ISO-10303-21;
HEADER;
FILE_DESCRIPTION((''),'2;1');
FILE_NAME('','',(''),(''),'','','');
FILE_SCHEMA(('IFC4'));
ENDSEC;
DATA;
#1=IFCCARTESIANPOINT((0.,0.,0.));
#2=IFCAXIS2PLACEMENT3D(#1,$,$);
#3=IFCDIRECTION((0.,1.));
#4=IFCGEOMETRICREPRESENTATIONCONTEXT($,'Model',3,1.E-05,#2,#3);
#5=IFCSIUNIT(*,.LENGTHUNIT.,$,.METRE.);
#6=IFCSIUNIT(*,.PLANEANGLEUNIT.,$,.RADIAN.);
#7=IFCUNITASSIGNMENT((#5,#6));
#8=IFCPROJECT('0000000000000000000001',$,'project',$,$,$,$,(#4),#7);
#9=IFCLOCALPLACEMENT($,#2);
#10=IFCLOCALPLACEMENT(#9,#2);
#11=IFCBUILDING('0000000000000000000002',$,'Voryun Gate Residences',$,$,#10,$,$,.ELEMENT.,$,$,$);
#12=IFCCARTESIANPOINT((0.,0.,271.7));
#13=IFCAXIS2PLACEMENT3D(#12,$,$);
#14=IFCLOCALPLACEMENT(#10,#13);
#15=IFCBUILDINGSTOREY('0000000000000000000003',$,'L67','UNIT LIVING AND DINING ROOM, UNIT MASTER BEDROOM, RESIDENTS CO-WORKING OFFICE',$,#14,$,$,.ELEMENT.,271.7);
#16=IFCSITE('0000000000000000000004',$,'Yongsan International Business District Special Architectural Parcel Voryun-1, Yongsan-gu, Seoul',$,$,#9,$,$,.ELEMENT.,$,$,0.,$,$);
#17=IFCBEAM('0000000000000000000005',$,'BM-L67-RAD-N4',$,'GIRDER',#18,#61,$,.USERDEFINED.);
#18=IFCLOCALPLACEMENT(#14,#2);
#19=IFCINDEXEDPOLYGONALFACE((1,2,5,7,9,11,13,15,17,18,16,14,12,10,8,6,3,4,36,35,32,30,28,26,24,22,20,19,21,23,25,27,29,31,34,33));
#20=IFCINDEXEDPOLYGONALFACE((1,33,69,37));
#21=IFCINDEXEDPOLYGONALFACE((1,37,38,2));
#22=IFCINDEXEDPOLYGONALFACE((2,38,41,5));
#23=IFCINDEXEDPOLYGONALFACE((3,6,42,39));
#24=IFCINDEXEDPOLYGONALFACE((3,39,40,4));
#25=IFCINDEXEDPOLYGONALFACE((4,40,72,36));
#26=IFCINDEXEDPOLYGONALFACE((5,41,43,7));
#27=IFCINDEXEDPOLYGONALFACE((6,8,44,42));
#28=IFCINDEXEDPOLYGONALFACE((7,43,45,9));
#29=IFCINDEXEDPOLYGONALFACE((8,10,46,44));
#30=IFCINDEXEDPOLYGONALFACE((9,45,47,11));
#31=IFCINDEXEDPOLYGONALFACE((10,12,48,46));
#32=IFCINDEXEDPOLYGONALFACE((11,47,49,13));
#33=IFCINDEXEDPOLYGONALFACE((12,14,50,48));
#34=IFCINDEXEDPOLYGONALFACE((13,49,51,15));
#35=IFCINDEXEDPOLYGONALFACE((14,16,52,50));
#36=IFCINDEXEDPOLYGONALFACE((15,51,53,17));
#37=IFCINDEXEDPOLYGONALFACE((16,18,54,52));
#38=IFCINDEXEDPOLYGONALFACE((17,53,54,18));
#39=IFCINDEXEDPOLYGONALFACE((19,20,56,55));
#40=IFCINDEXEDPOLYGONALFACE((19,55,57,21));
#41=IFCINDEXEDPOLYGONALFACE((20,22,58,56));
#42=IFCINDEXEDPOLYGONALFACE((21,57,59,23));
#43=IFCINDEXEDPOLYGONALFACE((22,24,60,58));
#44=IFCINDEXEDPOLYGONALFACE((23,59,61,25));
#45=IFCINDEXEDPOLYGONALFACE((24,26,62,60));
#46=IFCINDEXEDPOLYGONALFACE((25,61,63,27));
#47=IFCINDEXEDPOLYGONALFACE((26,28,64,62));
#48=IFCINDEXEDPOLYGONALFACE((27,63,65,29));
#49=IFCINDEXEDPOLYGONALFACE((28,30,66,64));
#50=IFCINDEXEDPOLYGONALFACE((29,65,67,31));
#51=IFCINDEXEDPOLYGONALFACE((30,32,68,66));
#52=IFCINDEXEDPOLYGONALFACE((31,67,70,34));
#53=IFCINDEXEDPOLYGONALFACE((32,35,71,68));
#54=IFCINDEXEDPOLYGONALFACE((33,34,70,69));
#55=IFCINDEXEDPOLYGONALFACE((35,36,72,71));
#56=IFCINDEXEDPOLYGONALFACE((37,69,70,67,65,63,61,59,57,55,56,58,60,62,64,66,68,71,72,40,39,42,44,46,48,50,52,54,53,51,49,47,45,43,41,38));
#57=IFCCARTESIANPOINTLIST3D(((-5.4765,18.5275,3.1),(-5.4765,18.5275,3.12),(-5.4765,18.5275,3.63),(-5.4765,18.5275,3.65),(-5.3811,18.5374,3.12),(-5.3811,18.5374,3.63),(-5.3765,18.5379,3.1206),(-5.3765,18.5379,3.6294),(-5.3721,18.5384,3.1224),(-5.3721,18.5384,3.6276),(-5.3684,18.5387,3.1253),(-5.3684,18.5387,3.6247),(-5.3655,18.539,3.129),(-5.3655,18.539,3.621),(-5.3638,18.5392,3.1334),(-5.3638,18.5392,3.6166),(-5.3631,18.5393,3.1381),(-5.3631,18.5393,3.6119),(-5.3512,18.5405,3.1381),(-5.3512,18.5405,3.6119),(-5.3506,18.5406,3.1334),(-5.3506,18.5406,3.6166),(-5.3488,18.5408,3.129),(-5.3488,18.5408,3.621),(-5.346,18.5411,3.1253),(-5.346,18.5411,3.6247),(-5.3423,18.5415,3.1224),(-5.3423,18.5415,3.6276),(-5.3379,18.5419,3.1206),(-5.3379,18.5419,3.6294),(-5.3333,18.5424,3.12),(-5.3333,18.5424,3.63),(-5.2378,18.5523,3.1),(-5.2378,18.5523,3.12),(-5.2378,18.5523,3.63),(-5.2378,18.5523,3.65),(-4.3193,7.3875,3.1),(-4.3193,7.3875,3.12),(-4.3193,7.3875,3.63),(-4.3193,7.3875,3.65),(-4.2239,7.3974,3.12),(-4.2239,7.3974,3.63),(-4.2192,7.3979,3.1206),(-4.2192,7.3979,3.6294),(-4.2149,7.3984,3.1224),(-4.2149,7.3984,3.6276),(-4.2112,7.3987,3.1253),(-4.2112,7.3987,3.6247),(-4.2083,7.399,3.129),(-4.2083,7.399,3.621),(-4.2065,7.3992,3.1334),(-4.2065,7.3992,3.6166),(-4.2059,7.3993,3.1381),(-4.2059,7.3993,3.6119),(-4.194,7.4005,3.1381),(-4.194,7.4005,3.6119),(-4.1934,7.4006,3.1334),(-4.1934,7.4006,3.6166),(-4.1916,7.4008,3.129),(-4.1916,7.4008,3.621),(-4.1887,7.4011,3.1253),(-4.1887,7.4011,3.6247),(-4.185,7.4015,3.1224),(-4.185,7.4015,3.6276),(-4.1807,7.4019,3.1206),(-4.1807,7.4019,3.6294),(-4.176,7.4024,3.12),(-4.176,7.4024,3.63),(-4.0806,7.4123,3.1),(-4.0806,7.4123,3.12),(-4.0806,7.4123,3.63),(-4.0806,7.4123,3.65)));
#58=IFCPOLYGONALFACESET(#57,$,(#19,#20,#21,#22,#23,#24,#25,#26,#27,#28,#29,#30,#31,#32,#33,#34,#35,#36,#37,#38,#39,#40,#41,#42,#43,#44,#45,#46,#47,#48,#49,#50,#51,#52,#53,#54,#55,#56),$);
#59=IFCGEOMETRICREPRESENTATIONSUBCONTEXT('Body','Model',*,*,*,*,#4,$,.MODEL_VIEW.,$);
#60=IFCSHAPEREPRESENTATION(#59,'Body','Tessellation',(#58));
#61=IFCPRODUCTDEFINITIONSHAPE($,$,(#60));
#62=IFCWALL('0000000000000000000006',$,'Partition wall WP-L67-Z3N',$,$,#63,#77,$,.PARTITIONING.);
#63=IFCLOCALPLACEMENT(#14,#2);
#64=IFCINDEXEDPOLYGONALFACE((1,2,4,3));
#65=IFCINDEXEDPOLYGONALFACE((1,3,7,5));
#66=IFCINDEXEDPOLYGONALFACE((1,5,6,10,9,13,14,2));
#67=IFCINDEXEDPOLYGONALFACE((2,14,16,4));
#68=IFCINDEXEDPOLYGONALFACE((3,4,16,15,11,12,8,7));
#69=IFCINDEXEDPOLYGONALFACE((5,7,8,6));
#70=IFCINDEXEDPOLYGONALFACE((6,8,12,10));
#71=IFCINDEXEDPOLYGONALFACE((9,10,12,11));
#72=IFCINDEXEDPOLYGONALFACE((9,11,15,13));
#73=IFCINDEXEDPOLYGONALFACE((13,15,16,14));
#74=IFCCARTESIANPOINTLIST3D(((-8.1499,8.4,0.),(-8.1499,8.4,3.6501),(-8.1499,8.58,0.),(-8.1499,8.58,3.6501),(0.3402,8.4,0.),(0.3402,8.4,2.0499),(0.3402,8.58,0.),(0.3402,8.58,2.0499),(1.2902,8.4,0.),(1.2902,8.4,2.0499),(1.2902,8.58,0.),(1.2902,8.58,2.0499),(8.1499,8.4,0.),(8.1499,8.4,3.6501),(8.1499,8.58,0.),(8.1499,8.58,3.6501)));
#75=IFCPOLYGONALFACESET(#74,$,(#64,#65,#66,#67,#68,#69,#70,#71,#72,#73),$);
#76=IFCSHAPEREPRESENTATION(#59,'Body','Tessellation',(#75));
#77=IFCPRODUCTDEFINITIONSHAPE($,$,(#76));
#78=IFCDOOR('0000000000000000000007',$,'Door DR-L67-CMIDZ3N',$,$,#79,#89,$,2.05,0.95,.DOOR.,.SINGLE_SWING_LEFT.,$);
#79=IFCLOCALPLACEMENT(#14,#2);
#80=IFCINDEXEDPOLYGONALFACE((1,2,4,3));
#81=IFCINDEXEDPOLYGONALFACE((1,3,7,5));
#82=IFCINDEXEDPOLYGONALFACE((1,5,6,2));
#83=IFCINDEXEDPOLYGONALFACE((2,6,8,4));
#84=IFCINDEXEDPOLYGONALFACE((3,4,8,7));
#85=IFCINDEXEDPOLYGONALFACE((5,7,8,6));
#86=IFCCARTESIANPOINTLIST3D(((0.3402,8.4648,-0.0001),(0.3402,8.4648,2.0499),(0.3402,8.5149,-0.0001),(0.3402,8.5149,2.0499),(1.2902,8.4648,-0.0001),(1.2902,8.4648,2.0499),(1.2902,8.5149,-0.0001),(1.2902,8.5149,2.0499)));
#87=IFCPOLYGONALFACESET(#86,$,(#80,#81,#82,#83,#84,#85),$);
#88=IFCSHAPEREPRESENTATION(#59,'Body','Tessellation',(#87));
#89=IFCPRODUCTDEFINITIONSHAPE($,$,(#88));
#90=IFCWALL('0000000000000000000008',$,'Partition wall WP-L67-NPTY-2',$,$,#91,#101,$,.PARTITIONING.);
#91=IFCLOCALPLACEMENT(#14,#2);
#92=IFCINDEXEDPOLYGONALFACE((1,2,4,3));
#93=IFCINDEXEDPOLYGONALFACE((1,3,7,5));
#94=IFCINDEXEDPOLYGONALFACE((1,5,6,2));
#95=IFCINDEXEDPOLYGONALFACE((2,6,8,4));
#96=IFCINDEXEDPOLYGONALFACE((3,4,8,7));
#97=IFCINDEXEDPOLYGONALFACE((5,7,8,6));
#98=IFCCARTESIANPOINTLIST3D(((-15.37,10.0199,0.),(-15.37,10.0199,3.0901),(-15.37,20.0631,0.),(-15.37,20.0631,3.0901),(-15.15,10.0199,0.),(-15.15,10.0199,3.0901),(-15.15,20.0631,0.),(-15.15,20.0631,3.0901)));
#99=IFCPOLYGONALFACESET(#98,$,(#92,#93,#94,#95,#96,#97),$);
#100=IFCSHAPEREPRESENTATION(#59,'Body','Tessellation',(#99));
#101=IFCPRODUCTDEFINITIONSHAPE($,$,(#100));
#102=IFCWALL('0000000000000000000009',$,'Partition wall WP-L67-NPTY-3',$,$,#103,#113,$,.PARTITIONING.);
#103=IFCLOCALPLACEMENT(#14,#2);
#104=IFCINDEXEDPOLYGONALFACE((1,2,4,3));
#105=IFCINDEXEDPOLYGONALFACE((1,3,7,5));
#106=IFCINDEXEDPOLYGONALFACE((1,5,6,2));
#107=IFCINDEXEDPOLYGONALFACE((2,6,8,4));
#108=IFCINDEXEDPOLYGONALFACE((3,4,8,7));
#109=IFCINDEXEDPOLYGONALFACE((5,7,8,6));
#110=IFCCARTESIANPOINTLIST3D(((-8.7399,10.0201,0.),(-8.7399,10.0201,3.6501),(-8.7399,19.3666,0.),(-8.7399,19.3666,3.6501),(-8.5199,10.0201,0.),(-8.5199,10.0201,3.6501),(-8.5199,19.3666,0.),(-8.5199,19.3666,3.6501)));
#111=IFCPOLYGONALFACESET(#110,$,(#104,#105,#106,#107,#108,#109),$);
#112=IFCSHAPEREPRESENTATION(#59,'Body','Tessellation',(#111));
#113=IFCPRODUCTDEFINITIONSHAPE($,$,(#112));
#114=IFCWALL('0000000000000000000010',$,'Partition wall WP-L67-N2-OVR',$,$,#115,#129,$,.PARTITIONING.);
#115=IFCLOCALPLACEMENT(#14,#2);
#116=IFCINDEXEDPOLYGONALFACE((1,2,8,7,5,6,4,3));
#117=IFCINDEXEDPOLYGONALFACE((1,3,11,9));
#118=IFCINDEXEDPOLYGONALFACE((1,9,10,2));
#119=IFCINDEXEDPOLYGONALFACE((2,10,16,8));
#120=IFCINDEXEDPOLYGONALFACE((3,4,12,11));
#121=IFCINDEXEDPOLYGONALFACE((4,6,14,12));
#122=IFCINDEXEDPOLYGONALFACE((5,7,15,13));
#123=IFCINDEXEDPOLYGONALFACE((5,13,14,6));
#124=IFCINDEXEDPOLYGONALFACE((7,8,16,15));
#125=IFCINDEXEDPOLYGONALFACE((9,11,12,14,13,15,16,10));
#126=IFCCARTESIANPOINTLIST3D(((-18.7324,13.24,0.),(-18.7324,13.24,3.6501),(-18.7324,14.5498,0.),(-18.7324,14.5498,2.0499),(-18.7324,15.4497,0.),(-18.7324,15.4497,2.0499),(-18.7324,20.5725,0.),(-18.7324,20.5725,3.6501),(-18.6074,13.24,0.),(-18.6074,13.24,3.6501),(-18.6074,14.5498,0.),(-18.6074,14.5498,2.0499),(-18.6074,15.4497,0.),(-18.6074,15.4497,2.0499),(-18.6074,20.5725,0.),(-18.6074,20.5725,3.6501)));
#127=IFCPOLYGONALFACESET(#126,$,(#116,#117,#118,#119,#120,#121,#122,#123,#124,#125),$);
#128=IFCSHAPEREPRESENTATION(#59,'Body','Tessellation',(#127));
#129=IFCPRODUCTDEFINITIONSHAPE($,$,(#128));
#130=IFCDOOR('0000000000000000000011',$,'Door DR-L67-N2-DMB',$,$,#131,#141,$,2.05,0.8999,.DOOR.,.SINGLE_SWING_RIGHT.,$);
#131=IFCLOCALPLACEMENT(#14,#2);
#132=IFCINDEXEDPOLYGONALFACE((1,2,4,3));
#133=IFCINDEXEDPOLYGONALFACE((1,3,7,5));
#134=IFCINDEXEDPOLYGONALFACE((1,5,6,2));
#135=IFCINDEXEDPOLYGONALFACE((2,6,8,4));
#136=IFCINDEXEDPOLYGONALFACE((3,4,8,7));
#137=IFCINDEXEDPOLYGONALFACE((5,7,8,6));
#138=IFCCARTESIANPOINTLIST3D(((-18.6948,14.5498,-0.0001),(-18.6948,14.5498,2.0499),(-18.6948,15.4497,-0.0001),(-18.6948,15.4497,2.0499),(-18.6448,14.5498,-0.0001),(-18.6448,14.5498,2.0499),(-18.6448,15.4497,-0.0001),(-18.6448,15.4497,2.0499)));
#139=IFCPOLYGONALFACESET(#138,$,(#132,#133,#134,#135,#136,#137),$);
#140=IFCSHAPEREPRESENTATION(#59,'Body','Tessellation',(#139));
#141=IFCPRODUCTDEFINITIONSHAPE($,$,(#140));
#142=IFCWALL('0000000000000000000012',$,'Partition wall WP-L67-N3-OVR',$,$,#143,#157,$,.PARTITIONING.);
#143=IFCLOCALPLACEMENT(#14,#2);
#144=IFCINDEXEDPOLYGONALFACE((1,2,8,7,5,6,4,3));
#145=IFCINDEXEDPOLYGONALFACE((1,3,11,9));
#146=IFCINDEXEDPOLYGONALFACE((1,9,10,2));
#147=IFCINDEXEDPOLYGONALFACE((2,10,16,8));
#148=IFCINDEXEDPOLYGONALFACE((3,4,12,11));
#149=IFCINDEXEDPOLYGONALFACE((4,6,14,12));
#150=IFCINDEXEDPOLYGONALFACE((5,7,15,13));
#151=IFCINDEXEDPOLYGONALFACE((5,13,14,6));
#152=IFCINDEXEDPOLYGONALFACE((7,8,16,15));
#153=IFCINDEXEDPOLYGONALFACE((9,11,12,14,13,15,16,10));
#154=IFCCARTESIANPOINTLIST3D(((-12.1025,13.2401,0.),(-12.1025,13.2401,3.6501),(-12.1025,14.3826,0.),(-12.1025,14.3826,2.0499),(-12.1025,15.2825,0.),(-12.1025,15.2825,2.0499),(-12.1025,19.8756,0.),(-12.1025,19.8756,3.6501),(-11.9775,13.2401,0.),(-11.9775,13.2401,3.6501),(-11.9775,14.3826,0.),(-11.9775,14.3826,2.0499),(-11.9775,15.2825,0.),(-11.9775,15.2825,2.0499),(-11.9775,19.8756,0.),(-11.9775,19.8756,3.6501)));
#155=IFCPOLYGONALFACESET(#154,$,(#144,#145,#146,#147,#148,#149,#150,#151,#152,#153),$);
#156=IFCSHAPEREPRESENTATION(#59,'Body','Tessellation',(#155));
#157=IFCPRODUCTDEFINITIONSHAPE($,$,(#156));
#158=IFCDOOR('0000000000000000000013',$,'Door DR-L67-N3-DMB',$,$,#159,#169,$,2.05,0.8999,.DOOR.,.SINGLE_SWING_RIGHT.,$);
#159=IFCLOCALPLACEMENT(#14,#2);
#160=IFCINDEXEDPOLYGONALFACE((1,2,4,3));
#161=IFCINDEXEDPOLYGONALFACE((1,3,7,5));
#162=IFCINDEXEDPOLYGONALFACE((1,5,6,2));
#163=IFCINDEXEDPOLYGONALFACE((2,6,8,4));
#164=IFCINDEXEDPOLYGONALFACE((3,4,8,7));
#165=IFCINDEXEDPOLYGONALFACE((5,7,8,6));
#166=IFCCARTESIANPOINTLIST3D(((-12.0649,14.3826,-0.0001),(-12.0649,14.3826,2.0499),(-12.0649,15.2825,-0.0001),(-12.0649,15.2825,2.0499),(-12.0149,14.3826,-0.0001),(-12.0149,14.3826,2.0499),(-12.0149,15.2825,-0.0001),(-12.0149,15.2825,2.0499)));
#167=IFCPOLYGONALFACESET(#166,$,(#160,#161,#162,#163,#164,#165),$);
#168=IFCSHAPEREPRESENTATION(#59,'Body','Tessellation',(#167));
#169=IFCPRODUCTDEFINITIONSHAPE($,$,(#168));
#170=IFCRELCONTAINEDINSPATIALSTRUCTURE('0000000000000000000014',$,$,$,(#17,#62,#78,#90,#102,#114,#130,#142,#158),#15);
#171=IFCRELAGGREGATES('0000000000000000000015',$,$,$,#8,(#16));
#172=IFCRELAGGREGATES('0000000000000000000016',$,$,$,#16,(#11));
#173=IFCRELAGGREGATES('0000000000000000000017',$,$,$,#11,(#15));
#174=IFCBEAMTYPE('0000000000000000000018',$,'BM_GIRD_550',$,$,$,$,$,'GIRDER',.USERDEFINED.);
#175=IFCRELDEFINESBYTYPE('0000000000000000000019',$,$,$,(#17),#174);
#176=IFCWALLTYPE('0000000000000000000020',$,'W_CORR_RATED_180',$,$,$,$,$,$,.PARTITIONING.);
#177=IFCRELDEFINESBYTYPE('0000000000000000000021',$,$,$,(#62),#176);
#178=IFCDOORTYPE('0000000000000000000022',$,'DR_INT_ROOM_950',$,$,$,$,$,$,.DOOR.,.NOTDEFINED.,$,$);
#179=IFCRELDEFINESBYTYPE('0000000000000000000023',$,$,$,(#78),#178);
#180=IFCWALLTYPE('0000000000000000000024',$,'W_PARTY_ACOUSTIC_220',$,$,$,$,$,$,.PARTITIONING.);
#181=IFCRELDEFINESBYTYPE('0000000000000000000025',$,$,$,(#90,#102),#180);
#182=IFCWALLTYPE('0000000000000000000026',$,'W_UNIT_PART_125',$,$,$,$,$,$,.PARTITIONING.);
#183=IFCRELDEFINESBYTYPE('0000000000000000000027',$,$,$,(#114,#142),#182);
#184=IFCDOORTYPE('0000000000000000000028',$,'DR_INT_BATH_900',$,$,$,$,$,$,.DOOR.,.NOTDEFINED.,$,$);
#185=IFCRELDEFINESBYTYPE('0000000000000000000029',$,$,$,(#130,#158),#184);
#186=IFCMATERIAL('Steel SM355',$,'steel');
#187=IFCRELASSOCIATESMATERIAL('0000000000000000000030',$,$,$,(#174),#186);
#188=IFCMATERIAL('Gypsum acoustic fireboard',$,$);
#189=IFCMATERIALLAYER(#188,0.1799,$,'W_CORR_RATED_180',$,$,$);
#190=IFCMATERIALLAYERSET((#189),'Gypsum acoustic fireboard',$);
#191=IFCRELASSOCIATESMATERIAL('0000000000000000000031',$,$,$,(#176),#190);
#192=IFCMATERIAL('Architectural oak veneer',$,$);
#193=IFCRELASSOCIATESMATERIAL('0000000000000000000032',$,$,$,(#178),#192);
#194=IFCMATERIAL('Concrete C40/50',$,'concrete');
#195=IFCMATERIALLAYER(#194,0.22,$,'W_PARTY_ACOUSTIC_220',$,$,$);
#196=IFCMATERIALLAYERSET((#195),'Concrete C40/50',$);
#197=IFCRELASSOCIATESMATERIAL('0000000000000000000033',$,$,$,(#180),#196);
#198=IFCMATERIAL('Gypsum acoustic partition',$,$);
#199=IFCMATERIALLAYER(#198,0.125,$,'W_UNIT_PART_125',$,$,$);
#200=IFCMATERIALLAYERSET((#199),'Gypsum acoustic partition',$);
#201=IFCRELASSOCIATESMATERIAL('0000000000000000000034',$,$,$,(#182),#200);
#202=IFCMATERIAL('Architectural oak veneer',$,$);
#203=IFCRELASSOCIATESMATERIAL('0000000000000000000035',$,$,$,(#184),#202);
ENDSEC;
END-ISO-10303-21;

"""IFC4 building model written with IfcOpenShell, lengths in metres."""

from ifc_helpers import new_model, si_unit, direction, frame, frame_2d, origin, origin_2d, place, context, subcontext, project, spatial, rectangle, i_section, extrude, material, layer, layer_set, material_profile, profile_set, type_object, element, fill, save


model = new_model("IFC4")

# Units and contexts
model_context = context("Model", 3, precision=1e-05, world=origin(), true_north=direction((0.0, 1.0)))
body_context = subcontext(model_context, "Body", "Model", "MODEL_VIEW")
ifc_project = project(units=[si_unit("LENGTHUNIT", "METRE"), si_unit("PLANEANGLEUNIT", "RADIAN")], contexts=[model_context])

# Site, building, storey
site_placement = place(None, origin())
site = spatial("IfcSite", under=ifc_project, at=site_placement, Name="Yongsan International Business District Special Architectural Parcel Voryun-1, Yongsan-gu, Seoul", CompositionType="ELEMENT", RefElevation=0.0)
building_placement = place(site_placement, origin())
building = spatial("IfcBuilding", under=site, at=building_placement, Name="Voryun Gate Residences", CompositionType="ELEMENT")
storey_placement = place(building_placement, frame((0.0, 0.0, 271.7)))
storey = spatial("IfcBuildingStorey", under=building, at=storey_placement, Name="L67", Description="UNIT LIVING AND DINING ROOM, UNIT MASTER BEDROOM, RESIDENTS CO-WORKING OFFICE", CompositionType="ELEMENT", Elevation=271.7)

# Beam
ifc_material_1 = material(Name="Steel SM355", Category="steel")
ifc_material_profile_1 = material_profile(ifc_material_1, i_section(OverallWidth=0.24, OverallDepth=0.55, WebThickness=0.012, FlangeThickness=0.02, FilletRadius=0.0181, at=origin_2d()), Name="H-550x240x12x20")
ifc_profile_set_1 = profile_set([ifc_material_profile_1], Name="Steel SM355")
beam_type_1 = type_object("IfcBeamType", Name="BM_GIRD_550", ElementType="GIRDER", PredefinedType="USERDEFINED", material=ifc_profile_set_1)
beam_1_placement = place(storey_placement, frame((-4.2, 7.3999, 3.375), z_axis=(-0.103325, 0.994648, 0.0), x_axis=(-0.994648, -0.103325, 0.0)))
element("IfcBeam", 1, at=beam_1_placement, inside=storey, type_object=beam_type_1, Name="BM-L67-RAD-N4", ObjectType="GIRDER", PredefinedType="USERDEFINED", context=body_context, shape_type="SweptSolid", body=[
    extrude(i_section(OverallWidth=0.24, OverallDepth=0.55, WebThickness=0.012, FlangeThickness=0.02, FilletRadius=0.0181, at=origin_2d()), origin(), (0.0, 0.0, 1.0), 11.2),
])

# Wall, opening, door
ifc_material_2 = material(Name="Gypsum acoustic fireboard")
ifc_layer_1 = layer(ifc_material_2, 0.1799, Name="W_CORR_RATED_180")
ifc_layer_set_1 = layer_set([ifc_layer_1], Name="Gypsum acoustic fireboard")
wall_type_1 = type_object("IfcWallType", Name="W_CORR_RATED_180", PredefinedType="PARTITIONING", material=ifc_layer_set_1)
wall_1_placement = place(storey_placement, frame((-8.1499, 8.49, 0.0), z_axis=(0.0, 0.0, 1.0), x_axis=(1.0, 0.0, 0.0)))
wall_1 = element("IfcWall", 2, at=wall_1_placement, inside=storey, type_object=wall_type_1, Name="Partition wall WP-L67-Z3N", PredefinedType="PARTITIONING", context=body_context, shape_type="SweptSolid", body=[
    extrude(rectangle(XDim=16.2998, YDim=0.1799, at=frame_2d((8.1499, 0.0))), origin(), (0.0, 0.0, 1.0), 3.6501),
])
opening_1_placement = place(wall_1_placement, frame((8.49, 0.0, 0.0)))
opening_1 = element("IfcOpeningElement", 3, at=opening_1_placement, cuts=wall_1, PredefinedType="OPENING", context=body_context, shape_type="SweptSolid", body=[
    extrude(rectangle(XDim=0.95, YDim=2.05, at=frame_2d((0.4751, 1.0249))), frame((0.0, 0.0999, 0.0), z_axis=(0.0, -1.0, 0.0), x_axis=(1.0, 0.0, 0.0)), (0.0, 0.0, 1.0), 0.2),
])
ifc_material_3 = material(Name="Architectural oak veneer")
door_type_1 = type_object("IfcDoorType", Name="DR_INT_ROOM_950", OperationType="NOTDEFINED", PredefinedType="DOOR", material=ifc_material_3)
door_1_placement = place(opening_1_placement, origin())
door_1 = element("IfcDoor", 4, at=door_1_placement, inside=storey, type_object=door_type_1, Name="Door DR-L67-CMIDZ3N", OperationType="SINGLE_SWING_LEFT", OverallHeight=2.05, OverallWidth=0.95, PredefinedType="DOOR", context=body_context, shape_type="SweptSolid", body=[
    extrude(rectangle(XDim=0.95, YDim=2.05, at=frame_2d((0.4751, 1.0249))), frame((0.0, 0.0249, 0.0), z_axis=(0.0, -1.0, 0.0), x_axis=(1.0, 0.0, 0.0)), (0.0, 0.0, 1.0), 0.05),
])
fill(opening_1, door_1)

# Walls
ifc_material_4 = material(Name="Concrete C40/50", Category="concrete")
ifc_layer_2 = layer(ifc_material_4, 0.22, Name="W_PARTY_ACOUSTIC_220")
ifc_layer_set_2 = layer_set([ifc_layer_2], Name="Concrete C40/50")
wall_type_2 = type_object("IfcWallType", Name="W_PARTY_ACOUSTIC_220", PredefinedType="PARTITIONING", material=ifc_layer_set_2)
wall_2_placement = place(storey_placement, frame((-15.26, 10.02, 0.0), z_axis=(0.0, 0.0, 1.0), x_axis=(0.0, 1.0, 0.0)))
element("IfcWall", 5, at=wall_2_placement, inside=storey, type_object=wall_type_2, Name="Partition wall WP-L67-NPTY-2", PredefinedType="PARTITIONING", context=body_context, shape_type="SweptSolid", body=[
    extrude(rectangle(XDim=10.0432, YDim=0.22, at=frame_2d((5.0215, 0.0))), origin(), (0.0, 0.0, 1.0), 3.0901),
])
wall_3_placement = place(storey_placement, frame((-8.6299, 10.02, 0.0), z_axis=(0.0, 0.0, 1.0), x_axis=(0.0, 1.0, 0.0)))
element("IfcWall", 6, at=wall_3_placement, inside=storey, type_object=wall_type_2, Name="Partition wall WP-L67-NPTY-3", PredefinedType="PARTITIONING", context=body_context, shape_type="SweptSolid", body=[
    extrude(rectangle(XDim=9.3464, YDim=0.22, at=frame_2d((4.6733, 0.0))), origin(), (0.0, 0.0, 1.0), 3.6501),
])

# Walls, openings, doors
ifc_material_5 = material(Name="Gypsum acoustic partition")
ifc_layer_3 = layer(ifc_material_5, 0.125, Name="W_UNIT_PART_125")
ifc_layer_set_3 = layer_set([ifc_layer_3], Name="Gypsum acoustic partition")
wall_type_3 = type_object("IfcWallType", Name="W_UNIT_PART_125", PredefinedType="PARTITIONING", material=ifc_layer_set_3)
wall_4_placement = place(storey_placement, frame((-18.6699, 13.24, 0.0), z_axis=(0.0, 0.0, 1.0), x_axis=(0.0, 1.0, 0.0)))
wall_4 = element("IfcWall", 7, at=wall_4_placement, inside=storey, type_object=wall_type_3, Name="Partition wall WP-L67-N2-OVR", PredefinedType="PARTITIONING", context=body_context, shape_type="SweptSolid", body=[
    extrude(rectangle(XDim=7.3325, YDim=0.125, at=frame_2d((3.6663, 0.0))), origin(), (0.0, 0.0, 1.0), 3.6501),
])
opening_2_placement = place(wall_4_placement, frame((1.3098, 0.0, 0.0)))
opening_2 = element("IfcOpeningElement", 8, at=opening_2_placement, cuts=wall_4, PredefinedType="OPENING", context=body_context, shape_type="SweptSolid", body=[
    extrude(rectangle(XDim=0.8999, YDim=2.05, at=frame_2d((0.45, 1.0249))), frame((0.0, 0.0725, 0.0), z_axis=(0.0, -1.0, 0.0), x_axis=(1.0, 0.0, 0.0)), (0.0, 0.0, 1.0), 0.145),
])
ifc_material_6 = material(Name="Architectural oak veneer")
door_type_2 = type_object("IfcDoorType", Name="DR_INT_BATH_900", OperationType="NOTDEFINED", PredefinedType="DOOR", material=ifc_material_6)
door_2_placement = place(opening_2_placement, origin())
door_2 = element("IfcDoor", 9, at=door_2_placement, inside=storey, type_object=door_type_2, Name="Door DR-L67-N2-DMB", OperationType="SINGLE_SWING_RIGHT", OverallHeight=2.05, OverallWidth=0.8999, PredefinedType="DOOR", context=body_context, shape_type="SweptSolid", body=[
    extrude(rectangle(XDim=0.8999, YDim=2.05, at=frame_2d((0.45, 1.0249))), frame((0.0, 0.0249, 0.0), z_axis=(0.0, -1.0, 0.0), x_axis=(1.0, 0.0, 0.0)), (0.0, 0.0, 1.0), 0.05),
])
fill(opening_2, door_2)
wall_5_placement = place(storey_placement, frame((-12.04, 13.24, 0.0), z_axis=(0.0, 0.0, 1.0), x_axis=(0.0, 1.0, 0.0)))
wall_5 = element("IfcWall", 10, at=wall_5_placement, inside=storey, type_object=wall_type_3, Name="Partition wall WP-L67-N3-OVR", PredefinedType="PARTITIONING", context=body_context, shape_type="SweptSolid", body=[
    extrude(rectangle(XDim=6.6355, YDim=0.125, at=frame_2d((3.3179, 0.0))), origin(), (0.0, 0.0, 1.0), 3.6501),
])
opening_3_placement = place(wall_5_placement, frame((1.1426, 0.0, 0.0)))
opening_3 = element("IfcOpeningElement", 11, at=opening_3_placement, cuts=wall_5, PredefinedType="OPENING", context=body_context, shape_type="SweptSolid", body=[
    extrude(rectangle(XDim=0.8999, YDim=2.05, at=frame_2d((0.45, 1.0249))), frame((0.0, 0.0725, 0.0), z_axis=(0.0, -1.0, 0.0), x_axis=(1.0, 0.0, 0.0)), (0.0, 0.0, 1.0), 0.145),
])
door_3_placement = place(opening_3_placement, origin())
door_3 = element("IfcDoor", 12, at=door_3_placement, inside=storey, type_object=door_type_2, Name="Door DR-L67-N3-DMB", OperationType="SINGLE_SWING_RIGHT", OverallHeight=2.05, OverallWidth=0.8999, PredefinedType="DOOR", context=body_context, shape_type="SweptSolid", body=[
    extrude(rectangle(XDim=0.8999, YDim=2.05, at=frame_2d((0.45, 1.0249))), frame((0.0, 0.0249, 0.0), z_axis=(0.0, -1.0, 0.0), x_axis=(1.0, 0.0, 0.0)), (0.0, 0.0, 1.0), 0.05),
])
fill(opening_3, door_3)

save(model, "model.ifc")
